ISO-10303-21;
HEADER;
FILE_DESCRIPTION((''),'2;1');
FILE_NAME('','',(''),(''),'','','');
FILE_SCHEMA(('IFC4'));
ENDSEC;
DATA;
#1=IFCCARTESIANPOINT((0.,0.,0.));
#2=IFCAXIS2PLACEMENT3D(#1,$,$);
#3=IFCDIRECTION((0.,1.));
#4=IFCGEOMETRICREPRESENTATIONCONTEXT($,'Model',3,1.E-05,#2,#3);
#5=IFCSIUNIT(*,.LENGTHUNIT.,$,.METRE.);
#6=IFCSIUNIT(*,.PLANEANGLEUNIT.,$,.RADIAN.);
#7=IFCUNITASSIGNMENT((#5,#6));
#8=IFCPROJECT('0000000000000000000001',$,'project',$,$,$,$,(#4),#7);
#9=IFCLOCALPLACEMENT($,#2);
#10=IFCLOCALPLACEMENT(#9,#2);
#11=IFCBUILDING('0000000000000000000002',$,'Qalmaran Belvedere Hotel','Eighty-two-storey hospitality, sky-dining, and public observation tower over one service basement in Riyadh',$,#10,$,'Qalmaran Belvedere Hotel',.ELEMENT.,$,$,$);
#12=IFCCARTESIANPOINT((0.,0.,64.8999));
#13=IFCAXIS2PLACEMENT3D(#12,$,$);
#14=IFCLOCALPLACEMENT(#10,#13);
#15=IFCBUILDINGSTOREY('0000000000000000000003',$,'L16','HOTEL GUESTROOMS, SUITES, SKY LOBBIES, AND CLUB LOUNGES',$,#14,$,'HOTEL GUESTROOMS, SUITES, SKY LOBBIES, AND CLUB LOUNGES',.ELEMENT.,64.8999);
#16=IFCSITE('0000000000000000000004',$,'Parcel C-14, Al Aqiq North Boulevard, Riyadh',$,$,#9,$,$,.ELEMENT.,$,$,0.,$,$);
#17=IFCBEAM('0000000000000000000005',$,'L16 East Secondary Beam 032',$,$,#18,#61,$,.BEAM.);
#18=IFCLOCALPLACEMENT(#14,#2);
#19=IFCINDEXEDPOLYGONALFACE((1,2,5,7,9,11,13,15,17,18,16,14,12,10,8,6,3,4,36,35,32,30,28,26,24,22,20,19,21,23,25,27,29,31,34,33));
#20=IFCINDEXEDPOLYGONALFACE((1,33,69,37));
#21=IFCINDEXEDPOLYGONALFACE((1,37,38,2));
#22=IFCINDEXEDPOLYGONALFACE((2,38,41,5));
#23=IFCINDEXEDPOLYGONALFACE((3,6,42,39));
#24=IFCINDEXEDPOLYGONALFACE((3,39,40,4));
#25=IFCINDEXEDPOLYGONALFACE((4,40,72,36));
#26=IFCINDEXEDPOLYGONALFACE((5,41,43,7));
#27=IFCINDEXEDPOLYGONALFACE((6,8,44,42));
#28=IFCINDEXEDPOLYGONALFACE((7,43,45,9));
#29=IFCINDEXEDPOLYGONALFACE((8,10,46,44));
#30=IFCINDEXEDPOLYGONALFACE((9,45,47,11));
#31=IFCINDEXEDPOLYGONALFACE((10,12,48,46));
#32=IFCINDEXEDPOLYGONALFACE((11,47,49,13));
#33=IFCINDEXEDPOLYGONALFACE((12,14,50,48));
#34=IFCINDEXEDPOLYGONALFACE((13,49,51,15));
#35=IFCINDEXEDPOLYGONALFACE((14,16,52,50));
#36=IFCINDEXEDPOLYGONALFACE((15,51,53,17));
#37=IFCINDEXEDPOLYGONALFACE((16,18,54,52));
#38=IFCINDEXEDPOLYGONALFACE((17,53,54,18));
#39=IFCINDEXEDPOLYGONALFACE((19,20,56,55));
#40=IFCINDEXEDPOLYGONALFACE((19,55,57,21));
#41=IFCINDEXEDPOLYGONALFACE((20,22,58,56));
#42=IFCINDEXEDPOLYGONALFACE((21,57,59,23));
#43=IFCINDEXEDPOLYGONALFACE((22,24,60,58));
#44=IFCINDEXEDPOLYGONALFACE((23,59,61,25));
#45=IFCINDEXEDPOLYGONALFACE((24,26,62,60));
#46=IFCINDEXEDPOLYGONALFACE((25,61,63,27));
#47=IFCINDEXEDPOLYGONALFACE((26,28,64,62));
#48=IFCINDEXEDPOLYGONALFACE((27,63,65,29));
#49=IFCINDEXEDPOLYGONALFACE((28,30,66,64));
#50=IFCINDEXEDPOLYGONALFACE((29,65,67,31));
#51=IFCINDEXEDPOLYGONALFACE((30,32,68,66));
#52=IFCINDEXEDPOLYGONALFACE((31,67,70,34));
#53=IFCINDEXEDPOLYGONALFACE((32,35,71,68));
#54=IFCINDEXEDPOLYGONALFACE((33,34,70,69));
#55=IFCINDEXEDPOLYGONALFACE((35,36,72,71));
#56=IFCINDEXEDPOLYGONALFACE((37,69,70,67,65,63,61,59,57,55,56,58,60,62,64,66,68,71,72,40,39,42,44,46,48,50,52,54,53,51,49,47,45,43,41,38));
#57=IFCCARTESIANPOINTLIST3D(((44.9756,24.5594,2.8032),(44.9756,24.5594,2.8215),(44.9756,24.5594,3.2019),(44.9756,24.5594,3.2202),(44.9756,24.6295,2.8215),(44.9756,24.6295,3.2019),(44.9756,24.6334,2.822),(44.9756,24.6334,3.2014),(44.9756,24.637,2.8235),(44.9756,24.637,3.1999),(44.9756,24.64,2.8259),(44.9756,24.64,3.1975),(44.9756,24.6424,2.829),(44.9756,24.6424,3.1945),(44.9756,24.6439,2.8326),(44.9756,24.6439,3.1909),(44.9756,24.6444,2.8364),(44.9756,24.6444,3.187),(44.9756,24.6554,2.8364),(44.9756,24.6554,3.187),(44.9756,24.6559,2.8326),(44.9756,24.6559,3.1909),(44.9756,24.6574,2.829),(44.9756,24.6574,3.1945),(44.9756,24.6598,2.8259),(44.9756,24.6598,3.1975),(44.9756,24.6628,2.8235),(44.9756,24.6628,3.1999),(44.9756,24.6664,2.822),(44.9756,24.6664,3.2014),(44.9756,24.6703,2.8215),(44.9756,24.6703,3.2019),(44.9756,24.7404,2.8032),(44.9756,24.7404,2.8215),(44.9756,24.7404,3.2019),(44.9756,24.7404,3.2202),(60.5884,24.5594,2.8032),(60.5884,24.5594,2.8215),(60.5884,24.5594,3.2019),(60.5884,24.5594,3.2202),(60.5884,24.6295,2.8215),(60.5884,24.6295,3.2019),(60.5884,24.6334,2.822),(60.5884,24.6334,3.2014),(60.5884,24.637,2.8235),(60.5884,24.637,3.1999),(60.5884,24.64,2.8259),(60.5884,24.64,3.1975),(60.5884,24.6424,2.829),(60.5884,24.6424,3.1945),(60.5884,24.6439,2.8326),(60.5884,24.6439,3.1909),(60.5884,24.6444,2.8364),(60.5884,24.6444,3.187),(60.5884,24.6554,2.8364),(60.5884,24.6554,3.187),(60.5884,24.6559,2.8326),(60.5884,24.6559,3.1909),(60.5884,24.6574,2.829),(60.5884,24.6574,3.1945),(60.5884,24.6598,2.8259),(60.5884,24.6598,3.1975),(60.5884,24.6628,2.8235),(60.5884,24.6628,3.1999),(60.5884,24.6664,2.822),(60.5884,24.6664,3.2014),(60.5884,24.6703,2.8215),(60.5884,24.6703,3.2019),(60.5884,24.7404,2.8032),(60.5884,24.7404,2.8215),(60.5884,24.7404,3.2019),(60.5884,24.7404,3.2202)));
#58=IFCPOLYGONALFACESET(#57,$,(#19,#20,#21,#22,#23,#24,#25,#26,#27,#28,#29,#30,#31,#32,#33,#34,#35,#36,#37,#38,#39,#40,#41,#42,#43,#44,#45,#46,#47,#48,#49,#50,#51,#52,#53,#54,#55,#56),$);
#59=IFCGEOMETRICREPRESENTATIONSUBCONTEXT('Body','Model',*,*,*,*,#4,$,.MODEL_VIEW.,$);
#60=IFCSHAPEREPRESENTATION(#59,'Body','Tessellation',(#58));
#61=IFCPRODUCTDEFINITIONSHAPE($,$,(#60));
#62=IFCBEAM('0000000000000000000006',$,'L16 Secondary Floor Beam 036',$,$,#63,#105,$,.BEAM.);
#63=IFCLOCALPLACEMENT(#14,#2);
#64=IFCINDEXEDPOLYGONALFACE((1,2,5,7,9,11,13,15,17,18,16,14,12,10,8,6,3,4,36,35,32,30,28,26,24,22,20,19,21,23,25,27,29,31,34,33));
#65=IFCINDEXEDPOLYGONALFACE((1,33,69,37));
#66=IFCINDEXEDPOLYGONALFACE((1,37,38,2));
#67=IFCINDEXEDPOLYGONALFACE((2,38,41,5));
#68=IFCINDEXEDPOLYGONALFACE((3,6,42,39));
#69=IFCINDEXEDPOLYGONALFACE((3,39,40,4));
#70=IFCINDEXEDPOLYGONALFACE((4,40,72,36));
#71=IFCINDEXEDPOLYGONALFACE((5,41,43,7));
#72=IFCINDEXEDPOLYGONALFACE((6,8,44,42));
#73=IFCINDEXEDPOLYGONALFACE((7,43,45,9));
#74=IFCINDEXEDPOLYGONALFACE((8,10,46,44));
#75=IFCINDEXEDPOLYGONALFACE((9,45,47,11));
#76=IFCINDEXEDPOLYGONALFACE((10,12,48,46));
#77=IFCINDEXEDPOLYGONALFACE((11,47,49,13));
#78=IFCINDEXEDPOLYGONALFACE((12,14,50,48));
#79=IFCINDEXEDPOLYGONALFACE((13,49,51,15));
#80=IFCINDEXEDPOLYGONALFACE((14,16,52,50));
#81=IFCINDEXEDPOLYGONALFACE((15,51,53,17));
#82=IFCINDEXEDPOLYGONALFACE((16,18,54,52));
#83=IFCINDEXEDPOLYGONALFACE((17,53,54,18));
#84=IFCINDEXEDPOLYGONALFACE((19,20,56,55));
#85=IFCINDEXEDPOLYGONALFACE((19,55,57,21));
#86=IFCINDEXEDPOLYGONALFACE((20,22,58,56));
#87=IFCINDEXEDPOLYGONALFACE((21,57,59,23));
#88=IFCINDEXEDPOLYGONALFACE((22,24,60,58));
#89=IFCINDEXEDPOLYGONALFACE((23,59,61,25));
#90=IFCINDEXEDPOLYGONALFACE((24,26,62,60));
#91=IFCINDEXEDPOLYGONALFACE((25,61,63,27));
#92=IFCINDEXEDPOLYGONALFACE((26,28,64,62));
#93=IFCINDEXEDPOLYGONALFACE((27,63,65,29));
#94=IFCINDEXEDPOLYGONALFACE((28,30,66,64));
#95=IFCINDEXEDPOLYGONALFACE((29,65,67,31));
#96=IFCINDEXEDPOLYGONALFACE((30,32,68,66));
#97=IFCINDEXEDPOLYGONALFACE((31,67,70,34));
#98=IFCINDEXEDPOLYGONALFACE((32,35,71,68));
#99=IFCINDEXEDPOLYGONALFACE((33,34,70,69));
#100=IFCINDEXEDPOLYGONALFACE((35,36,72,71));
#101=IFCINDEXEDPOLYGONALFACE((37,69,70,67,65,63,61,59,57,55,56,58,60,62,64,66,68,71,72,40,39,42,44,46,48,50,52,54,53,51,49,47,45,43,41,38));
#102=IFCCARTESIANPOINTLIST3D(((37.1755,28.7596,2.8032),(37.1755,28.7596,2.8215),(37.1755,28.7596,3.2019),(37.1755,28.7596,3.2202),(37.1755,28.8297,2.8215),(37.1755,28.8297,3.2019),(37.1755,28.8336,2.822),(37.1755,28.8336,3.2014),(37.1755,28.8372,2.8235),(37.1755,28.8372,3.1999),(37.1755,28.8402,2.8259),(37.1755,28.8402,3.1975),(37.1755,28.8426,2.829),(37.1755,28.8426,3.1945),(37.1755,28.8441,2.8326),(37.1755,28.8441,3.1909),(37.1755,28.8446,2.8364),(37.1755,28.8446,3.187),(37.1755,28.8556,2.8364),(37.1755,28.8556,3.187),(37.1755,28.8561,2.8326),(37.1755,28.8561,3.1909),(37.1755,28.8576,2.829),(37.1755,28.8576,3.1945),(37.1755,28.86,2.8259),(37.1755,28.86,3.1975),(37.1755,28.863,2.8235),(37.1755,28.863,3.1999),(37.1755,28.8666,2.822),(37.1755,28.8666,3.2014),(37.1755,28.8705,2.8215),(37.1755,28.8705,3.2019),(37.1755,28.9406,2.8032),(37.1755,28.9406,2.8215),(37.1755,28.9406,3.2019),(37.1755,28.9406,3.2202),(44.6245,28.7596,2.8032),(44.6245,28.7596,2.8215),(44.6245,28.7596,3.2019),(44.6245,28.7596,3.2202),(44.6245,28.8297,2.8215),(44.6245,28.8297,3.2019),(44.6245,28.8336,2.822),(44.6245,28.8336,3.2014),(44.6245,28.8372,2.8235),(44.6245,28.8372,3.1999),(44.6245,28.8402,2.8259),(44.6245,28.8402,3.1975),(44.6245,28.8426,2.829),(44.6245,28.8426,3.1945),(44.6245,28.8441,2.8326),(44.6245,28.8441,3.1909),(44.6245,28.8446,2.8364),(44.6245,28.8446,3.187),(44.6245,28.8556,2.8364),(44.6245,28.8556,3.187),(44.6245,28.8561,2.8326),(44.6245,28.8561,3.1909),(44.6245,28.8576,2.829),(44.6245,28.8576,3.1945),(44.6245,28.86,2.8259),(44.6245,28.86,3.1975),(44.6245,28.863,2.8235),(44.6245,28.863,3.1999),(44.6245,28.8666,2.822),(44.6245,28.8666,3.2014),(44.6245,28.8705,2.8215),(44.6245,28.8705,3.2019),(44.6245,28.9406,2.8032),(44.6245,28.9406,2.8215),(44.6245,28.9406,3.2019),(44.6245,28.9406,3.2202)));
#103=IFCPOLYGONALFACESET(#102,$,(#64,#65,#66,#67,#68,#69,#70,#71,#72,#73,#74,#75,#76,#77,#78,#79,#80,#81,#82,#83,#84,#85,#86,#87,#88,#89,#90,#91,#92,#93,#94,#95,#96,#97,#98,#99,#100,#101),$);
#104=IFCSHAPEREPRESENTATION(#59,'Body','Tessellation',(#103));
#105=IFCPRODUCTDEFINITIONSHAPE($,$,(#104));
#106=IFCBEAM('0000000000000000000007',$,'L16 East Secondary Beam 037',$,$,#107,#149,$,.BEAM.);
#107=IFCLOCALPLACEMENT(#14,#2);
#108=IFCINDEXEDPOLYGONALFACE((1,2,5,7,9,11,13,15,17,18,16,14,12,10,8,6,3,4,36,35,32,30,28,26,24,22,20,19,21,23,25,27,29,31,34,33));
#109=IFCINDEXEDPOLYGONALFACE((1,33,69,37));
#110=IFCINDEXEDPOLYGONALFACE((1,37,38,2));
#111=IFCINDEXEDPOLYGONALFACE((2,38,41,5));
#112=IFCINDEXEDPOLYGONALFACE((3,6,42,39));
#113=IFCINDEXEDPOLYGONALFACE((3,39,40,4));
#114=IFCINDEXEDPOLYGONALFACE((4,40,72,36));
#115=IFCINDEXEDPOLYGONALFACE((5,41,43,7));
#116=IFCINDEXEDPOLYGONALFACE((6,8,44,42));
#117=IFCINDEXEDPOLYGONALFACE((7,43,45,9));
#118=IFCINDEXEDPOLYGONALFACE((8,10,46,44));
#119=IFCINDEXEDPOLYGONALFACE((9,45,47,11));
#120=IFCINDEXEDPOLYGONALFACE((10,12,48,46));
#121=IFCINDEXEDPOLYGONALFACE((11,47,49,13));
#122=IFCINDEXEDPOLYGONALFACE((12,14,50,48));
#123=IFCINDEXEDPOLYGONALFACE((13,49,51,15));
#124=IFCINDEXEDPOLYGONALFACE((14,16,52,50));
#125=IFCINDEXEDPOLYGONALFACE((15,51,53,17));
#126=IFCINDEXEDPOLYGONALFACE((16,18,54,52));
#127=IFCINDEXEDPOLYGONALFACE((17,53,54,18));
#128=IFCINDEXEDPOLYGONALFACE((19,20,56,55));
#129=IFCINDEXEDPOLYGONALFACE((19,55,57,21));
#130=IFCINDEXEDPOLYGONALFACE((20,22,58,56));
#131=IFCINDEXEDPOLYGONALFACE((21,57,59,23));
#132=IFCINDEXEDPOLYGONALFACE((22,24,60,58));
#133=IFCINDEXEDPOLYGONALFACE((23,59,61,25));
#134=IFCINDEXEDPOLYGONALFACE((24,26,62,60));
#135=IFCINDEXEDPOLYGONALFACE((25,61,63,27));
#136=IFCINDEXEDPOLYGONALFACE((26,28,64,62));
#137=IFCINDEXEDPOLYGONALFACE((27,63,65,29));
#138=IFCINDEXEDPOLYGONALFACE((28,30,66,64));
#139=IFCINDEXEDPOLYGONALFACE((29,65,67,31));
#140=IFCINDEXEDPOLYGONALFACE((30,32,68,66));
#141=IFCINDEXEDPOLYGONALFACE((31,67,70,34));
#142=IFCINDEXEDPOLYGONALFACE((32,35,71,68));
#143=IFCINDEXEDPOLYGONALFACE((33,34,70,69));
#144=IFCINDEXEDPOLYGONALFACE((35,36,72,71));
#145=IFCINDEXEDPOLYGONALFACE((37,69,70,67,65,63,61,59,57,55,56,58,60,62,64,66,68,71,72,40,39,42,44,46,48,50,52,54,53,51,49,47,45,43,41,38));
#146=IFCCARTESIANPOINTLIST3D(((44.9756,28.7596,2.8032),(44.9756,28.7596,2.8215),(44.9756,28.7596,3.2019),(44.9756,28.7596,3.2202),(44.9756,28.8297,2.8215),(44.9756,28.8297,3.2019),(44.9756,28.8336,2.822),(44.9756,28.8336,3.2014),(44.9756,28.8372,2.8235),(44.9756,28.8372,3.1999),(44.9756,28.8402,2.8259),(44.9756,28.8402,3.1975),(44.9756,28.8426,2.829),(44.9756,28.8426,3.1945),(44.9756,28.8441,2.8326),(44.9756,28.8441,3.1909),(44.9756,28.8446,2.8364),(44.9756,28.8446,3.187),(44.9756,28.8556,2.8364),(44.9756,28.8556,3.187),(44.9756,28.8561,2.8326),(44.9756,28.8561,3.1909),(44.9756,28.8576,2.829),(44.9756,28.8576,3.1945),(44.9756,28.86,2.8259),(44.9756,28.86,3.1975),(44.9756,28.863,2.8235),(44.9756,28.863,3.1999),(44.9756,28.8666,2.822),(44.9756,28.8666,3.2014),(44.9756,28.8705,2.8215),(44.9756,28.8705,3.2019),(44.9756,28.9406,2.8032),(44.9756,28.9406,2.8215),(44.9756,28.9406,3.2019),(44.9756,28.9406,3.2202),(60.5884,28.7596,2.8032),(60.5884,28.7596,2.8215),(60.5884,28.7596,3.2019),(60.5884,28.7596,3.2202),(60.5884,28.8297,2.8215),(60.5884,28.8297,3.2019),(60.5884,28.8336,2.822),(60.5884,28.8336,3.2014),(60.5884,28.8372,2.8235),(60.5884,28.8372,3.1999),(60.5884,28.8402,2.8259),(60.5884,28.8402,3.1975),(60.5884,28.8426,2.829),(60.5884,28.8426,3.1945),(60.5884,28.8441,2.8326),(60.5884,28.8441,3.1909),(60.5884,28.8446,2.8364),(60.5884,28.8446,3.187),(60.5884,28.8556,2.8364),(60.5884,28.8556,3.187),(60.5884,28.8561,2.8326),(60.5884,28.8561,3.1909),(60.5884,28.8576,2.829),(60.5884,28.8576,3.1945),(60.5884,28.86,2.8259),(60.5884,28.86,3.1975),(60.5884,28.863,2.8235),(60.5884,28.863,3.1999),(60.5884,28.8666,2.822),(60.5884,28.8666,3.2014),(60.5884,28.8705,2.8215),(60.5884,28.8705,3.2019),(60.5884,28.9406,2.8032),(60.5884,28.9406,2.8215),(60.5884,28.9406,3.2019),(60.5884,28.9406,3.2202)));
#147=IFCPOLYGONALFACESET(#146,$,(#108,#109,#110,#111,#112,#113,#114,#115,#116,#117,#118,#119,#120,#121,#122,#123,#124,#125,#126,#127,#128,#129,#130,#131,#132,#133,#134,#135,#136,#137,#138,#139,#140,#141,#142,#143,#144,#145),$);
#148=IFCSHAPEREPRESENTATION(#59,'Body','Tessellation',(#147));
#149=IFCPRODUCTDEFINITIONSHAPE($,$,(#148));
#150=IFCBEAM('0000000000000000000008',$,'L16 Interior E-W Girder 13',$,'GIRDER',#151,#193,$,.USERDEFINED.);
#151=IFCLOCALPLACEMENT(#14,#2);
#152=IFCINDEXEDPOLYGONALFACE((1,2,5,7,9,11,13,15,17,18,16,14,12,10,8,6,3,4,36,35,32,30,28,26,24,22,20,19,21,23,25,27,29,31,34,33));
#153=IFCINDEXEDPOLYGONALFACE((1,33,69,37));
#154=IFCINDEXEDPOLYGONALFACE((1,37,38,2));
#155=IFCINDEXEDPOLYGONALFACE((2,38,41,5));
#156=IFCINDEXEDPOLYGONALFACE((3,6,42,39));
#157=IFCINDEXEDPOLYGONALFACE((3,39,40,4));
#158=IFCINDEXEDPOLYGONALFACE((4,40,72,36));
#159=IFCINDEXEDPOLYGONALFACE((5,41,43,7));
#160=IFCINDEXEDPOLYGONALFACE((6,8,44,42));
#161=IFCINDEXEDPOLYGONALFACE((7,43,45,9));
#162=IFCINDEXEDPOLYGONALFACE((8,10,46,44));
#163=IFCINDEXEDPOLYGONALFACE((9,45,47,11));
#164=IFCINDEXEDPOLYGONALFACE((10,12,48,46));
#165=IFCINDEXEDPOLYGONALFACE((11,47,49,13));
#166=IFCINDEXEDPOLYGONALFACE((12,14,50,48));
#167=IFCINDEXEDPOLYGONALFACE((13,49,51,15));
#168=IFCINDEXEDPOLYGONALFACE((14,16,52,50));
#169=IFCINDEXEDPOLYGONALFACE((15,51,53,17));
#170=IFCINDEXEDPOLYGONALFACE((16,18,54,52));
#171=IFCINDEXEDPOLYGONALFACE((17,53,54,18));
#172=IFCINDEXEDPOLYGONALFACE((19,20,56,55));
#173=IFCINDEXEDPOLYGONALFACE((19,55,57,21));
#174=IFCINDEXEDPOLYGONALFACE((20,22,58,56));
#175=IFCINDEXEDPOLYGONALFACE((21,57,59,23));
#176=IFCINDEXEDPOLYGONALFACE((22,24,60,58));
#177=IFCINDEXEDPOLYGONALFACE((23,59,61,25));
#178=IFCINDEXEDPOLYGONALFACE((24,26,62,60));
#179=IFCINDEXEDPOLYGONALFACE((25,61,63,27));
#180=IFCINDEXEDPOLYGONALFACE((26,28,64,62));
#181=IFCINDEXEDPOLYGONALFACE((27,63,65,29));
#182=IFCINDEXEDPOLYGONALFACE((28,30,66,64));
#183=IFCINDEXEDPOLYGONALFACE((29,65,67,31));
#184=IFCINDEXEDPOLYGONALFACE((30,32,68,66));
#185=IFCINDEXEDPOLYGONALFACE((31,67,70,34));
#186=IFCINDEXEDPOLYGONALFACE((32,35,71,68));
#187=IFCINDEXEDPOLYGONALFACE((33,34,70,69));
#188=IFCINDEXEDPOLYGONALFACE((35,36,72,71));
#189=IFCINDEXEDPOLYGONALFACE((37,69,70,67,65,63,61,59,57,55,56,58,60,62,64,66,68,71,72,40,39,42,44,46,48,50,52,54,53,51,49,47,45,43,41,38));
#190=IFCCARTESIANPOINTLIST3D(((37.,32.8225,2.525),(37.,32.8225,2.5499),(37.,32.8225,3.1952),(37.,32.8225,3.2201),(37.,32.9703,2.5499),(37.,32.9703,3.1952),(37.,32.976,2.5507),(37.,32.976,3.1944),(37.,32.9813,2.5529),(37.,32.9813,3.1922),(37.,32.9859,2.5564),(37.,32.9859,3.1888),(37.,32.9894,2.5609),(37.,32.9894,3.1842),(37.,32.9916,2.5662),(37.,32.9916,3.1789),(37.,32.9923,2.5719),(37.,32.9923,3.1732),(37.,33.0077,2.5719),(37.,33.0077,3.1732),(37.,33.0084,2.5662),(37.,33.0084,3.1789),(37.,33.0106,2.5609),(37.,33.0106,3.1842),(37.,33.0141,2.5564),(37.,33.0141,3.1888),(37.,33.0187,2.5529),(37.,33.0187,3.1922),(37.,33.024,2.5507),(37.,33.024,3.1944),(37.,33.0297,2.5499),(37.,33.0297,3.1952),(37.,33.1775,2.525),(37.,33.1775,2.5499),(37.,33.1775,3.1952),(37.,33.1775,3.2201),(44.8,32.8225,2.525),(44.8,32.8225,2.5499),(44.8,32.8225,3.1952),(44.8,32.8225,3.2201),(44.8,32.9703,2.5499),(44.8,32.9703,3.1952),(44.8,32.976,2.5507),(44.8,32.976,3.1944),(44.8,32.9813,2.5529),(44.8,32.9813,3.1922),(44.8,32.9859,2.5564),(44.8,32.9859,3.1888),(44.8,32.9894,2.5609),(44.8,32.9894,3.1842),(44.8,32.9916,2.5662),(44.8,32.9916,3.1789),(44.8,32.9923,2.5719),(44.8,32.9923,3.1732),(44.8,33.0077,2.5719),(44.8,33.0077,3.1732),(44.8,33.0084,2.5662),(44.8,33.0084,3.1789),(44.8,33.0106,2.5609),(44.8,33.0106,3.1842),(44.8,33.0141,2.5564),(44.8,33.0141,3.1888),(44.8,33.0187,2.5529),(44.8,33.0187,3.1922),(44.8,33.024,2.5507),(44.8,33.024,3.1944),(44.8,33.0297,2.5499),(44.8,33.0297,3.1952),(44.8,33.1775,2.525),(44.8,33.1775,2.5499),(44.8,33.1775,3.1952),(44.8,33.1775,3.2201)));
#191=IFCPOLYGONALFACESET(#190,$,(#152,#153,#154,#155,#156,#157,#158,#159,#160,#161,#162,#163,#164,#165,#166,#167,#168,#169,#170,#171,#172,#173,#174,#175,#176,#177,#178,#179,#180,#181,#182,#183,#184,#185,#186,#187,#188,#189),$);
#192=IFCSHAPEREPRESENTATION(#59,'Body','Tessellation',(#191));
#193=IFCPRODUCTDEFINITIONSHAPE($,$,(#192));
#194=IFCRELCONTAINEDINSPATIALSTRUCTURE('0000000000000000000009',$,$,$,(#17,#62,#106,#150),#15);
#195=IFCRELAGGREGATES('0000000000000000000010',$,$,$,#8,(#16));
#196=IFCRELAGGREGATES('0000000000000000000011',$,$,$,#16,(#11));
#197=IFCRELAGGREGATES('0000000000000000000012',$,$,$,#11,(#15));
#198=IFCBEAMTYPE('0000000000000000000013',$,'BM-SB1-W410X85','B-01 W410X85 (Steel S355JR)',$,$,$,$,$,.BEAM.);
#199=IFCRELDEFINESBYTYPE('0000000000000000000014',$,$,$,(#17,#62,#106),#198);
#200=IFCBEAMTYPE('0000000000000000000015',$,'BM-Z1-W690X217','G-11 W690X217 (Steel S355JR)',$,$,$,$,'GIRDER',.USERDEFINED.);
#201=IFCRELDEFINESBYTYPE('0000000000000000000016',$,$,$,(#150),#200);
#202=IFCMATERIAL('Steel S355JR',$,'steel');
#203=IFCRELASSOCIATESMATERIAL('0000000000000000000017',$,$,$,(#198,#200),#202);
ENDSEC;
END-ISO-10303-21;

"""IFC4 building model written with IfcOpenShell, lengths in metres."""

from ifc_helpers import new_model, si_unit, direction, frame, origin, origin_2d, place, context, subcontext, project, spatial, i_section, extrude, material, material_profile, profile_set, type_object, element, save


model = new_model("IFC4")

# Units and contexts
model_context = context("Model", 3, precision=1e-05, world=origin(), true_north=direction((0.0, 1.0)))
body_context = subcontext(model_context, "Body", "Model", "MODEL_VIEW")
ifc_project = project(units=[si_unit("LENGTHUNIT", "METRE"), si_unit("PLANEANGLEUNIT", "RADIAN")], contexts=[model_context])

# Site, building, storey
site_placement = place(None, origin())
site = spatial("IfcSite", under=ifc_project, at=site_placement, Name="Parcel C-14, Al Aqiq North Boulevard, Riyadh", CompositionType="ELEMENT", RefElevation=0.0)
building_placement = place(site_placement, origin())
building = spatial("IfcBuilding", under=site, at=building_placement, Name="Qalmaran Belvedere Hotel", Description="Eighty-two-storey hospitality, sky-dining, and public observation tower over one service basement in Riyadh", LongName="Qalmaran Belvedere Hotel", CompositionType="ELEMENT")
storey_placement = place(building_placement, frame((0.0, 0.0, 64.8999)))
storey = spatial("IfcBuildingStorey", under=building, at=storey_placement, Name="L16", Description="HOTEL GUESTROOMS, SUITES, SKY LOBBIES, AND CLUB LOUNGES", LongName="HOTEL GUESTROOMS, SUITES, SKY LOBBIES, AND CLUB LOUNGES", CompositionType="ELEMENT", Elevation=64.8999)

# Beams
ifc_material_1 = material(Name="Steel S355JR", Category="steel")
ifc_material_profile_1 = material_profile(ifc_material_1, i_section(OverallWidth=0.1809, OverallDepth=0.417, WebThickness=0.011, FlangeThickness=0.0183, FilletRadius=0.0149, at=origin_2d()), Name="W410X85")
ifc_profile_set_1 = profile_set([ifc_material_profile_1], Name="Steel S355JR")
beam_type_1 = type_object("IfcBeamType", Name="BM-SB1-W410X85", Description="B-01 W410X85 (Steel S355JR)", PredefinedType="BEAM", material=ifc_profile_set_1)
beam_1_placement = place(storey_placement, frame((44.9756, 24.6499, 3.0117), z_axis=(1.0, 0.0, 0.0), x_axis=(0.0, 1.0, 0.0)))
element("IfcBeam", 1, at=beam_1_placement, inside=storey, type_object=beam_type_1, Name="L16 East Secondary Beam 032", PredefinedType="BEAM", context=body_context, shape_type="SweptSolid", body=[
    extrude(i_section(OverallWidth=0.1809, OverallDepth=0.417, WebThickness=0.011, FlangeThickness=0.0183, FilletRadius=0.0149, at=origin_2d()), origin(), (0.0, 0.0, 1.0), 15.6128),
])
beam_2_placement = place(storey_placement, frame((37.1755, 28.8501, 3.0117), z_axis=(1.0, 0.0, 0.0), x_axis=(0.0, 1.0, 0.0)))
element("IfcBeam", 2, at=beam_2_placement, inside=storey, type_object=beam_type_1, Name="L16 Secondary Floor Beam 036", PredefinedType="BEAM", context=body_context, shape_type="SweptSolid", body=[
    extrude(i_section(OverallWidth=0.1809, OverallDepth=0.417, WebThickness=0.011, FlangeThickness=0.0183, FilletRadius=0.0149, at=origin_2d()), origin(), (0.0, 0.0, 1.0), 7.449),
])
beam_3_placement = place(storey_placement, frame((44.9756, 28.8501, 3.0117), z_axis=(1.0, 0.0, 0.0), x_axis=(0.0, 1.0, 0.0)))
element("IfcBeam", 3, at=beam_3_placement, inside=storey, type_object=beam_type_1, Name="L16 East Secondary Beam 037", PredefinedType="BEAM", context=body_context, shape_type="SweptSolid", body=[
    extrude(i_section(OverallWidth=0.1809, OverallDepth=0.417, WebThickness=0.011, FlangeThickness=0.0183, FilletRadius=0.0149, at=origin_2d()), origin(), (0.0, 0.0, 1.0), 15.6128),
])
ifc_material_profile_2 = material_profile(ifc_material_1, i_section(OverallWidth=0.355, OverallDepth=0.6951, WebThickness=0.0154, FlangeThickness=0.0249, FilletRadius=0.022, at=origin_2d()), Name="W690X217")
ifc_profile_set_2 = profile_set([ifc_material_profile_2], Name="Steel S355JR")
beam_type_2 = type_object("IfcBeamType", Name="BM-Z1-W690X217", Description="G-11 W690X217 (Steel S355JR)", ElementType="GIRDER", PredefinedType="USERDEFINED", material=ifc_profile_set_2)
beam_4_placement = place(storey_placement, frame((37.0, 33.0, 2.8726), z_axis=(1.0, 0.0, 0.0), x_axis=(0.0, 1.0, 0.0)))
element("IfcBeam", 4, at=beam_4_placement, inside=storey, type_object=beam_type_2, Name="L16 Interior E-W Girder 13", ObjectType="GIRDER", PredefinedType="USERDEFINED", context=body_context, shape_type="SweptSolid", body=[
    extrude(i_section(OverallWidth=0.355, OverallDepth=0.6951, WebThickness=0.0154, FlangeThickness=0.0249, FilletRadius=0.022, at=origin_2d()), origin(), (0.0, 0.0, 1.0), 7.8),
])

save(model, "model.ifc")
